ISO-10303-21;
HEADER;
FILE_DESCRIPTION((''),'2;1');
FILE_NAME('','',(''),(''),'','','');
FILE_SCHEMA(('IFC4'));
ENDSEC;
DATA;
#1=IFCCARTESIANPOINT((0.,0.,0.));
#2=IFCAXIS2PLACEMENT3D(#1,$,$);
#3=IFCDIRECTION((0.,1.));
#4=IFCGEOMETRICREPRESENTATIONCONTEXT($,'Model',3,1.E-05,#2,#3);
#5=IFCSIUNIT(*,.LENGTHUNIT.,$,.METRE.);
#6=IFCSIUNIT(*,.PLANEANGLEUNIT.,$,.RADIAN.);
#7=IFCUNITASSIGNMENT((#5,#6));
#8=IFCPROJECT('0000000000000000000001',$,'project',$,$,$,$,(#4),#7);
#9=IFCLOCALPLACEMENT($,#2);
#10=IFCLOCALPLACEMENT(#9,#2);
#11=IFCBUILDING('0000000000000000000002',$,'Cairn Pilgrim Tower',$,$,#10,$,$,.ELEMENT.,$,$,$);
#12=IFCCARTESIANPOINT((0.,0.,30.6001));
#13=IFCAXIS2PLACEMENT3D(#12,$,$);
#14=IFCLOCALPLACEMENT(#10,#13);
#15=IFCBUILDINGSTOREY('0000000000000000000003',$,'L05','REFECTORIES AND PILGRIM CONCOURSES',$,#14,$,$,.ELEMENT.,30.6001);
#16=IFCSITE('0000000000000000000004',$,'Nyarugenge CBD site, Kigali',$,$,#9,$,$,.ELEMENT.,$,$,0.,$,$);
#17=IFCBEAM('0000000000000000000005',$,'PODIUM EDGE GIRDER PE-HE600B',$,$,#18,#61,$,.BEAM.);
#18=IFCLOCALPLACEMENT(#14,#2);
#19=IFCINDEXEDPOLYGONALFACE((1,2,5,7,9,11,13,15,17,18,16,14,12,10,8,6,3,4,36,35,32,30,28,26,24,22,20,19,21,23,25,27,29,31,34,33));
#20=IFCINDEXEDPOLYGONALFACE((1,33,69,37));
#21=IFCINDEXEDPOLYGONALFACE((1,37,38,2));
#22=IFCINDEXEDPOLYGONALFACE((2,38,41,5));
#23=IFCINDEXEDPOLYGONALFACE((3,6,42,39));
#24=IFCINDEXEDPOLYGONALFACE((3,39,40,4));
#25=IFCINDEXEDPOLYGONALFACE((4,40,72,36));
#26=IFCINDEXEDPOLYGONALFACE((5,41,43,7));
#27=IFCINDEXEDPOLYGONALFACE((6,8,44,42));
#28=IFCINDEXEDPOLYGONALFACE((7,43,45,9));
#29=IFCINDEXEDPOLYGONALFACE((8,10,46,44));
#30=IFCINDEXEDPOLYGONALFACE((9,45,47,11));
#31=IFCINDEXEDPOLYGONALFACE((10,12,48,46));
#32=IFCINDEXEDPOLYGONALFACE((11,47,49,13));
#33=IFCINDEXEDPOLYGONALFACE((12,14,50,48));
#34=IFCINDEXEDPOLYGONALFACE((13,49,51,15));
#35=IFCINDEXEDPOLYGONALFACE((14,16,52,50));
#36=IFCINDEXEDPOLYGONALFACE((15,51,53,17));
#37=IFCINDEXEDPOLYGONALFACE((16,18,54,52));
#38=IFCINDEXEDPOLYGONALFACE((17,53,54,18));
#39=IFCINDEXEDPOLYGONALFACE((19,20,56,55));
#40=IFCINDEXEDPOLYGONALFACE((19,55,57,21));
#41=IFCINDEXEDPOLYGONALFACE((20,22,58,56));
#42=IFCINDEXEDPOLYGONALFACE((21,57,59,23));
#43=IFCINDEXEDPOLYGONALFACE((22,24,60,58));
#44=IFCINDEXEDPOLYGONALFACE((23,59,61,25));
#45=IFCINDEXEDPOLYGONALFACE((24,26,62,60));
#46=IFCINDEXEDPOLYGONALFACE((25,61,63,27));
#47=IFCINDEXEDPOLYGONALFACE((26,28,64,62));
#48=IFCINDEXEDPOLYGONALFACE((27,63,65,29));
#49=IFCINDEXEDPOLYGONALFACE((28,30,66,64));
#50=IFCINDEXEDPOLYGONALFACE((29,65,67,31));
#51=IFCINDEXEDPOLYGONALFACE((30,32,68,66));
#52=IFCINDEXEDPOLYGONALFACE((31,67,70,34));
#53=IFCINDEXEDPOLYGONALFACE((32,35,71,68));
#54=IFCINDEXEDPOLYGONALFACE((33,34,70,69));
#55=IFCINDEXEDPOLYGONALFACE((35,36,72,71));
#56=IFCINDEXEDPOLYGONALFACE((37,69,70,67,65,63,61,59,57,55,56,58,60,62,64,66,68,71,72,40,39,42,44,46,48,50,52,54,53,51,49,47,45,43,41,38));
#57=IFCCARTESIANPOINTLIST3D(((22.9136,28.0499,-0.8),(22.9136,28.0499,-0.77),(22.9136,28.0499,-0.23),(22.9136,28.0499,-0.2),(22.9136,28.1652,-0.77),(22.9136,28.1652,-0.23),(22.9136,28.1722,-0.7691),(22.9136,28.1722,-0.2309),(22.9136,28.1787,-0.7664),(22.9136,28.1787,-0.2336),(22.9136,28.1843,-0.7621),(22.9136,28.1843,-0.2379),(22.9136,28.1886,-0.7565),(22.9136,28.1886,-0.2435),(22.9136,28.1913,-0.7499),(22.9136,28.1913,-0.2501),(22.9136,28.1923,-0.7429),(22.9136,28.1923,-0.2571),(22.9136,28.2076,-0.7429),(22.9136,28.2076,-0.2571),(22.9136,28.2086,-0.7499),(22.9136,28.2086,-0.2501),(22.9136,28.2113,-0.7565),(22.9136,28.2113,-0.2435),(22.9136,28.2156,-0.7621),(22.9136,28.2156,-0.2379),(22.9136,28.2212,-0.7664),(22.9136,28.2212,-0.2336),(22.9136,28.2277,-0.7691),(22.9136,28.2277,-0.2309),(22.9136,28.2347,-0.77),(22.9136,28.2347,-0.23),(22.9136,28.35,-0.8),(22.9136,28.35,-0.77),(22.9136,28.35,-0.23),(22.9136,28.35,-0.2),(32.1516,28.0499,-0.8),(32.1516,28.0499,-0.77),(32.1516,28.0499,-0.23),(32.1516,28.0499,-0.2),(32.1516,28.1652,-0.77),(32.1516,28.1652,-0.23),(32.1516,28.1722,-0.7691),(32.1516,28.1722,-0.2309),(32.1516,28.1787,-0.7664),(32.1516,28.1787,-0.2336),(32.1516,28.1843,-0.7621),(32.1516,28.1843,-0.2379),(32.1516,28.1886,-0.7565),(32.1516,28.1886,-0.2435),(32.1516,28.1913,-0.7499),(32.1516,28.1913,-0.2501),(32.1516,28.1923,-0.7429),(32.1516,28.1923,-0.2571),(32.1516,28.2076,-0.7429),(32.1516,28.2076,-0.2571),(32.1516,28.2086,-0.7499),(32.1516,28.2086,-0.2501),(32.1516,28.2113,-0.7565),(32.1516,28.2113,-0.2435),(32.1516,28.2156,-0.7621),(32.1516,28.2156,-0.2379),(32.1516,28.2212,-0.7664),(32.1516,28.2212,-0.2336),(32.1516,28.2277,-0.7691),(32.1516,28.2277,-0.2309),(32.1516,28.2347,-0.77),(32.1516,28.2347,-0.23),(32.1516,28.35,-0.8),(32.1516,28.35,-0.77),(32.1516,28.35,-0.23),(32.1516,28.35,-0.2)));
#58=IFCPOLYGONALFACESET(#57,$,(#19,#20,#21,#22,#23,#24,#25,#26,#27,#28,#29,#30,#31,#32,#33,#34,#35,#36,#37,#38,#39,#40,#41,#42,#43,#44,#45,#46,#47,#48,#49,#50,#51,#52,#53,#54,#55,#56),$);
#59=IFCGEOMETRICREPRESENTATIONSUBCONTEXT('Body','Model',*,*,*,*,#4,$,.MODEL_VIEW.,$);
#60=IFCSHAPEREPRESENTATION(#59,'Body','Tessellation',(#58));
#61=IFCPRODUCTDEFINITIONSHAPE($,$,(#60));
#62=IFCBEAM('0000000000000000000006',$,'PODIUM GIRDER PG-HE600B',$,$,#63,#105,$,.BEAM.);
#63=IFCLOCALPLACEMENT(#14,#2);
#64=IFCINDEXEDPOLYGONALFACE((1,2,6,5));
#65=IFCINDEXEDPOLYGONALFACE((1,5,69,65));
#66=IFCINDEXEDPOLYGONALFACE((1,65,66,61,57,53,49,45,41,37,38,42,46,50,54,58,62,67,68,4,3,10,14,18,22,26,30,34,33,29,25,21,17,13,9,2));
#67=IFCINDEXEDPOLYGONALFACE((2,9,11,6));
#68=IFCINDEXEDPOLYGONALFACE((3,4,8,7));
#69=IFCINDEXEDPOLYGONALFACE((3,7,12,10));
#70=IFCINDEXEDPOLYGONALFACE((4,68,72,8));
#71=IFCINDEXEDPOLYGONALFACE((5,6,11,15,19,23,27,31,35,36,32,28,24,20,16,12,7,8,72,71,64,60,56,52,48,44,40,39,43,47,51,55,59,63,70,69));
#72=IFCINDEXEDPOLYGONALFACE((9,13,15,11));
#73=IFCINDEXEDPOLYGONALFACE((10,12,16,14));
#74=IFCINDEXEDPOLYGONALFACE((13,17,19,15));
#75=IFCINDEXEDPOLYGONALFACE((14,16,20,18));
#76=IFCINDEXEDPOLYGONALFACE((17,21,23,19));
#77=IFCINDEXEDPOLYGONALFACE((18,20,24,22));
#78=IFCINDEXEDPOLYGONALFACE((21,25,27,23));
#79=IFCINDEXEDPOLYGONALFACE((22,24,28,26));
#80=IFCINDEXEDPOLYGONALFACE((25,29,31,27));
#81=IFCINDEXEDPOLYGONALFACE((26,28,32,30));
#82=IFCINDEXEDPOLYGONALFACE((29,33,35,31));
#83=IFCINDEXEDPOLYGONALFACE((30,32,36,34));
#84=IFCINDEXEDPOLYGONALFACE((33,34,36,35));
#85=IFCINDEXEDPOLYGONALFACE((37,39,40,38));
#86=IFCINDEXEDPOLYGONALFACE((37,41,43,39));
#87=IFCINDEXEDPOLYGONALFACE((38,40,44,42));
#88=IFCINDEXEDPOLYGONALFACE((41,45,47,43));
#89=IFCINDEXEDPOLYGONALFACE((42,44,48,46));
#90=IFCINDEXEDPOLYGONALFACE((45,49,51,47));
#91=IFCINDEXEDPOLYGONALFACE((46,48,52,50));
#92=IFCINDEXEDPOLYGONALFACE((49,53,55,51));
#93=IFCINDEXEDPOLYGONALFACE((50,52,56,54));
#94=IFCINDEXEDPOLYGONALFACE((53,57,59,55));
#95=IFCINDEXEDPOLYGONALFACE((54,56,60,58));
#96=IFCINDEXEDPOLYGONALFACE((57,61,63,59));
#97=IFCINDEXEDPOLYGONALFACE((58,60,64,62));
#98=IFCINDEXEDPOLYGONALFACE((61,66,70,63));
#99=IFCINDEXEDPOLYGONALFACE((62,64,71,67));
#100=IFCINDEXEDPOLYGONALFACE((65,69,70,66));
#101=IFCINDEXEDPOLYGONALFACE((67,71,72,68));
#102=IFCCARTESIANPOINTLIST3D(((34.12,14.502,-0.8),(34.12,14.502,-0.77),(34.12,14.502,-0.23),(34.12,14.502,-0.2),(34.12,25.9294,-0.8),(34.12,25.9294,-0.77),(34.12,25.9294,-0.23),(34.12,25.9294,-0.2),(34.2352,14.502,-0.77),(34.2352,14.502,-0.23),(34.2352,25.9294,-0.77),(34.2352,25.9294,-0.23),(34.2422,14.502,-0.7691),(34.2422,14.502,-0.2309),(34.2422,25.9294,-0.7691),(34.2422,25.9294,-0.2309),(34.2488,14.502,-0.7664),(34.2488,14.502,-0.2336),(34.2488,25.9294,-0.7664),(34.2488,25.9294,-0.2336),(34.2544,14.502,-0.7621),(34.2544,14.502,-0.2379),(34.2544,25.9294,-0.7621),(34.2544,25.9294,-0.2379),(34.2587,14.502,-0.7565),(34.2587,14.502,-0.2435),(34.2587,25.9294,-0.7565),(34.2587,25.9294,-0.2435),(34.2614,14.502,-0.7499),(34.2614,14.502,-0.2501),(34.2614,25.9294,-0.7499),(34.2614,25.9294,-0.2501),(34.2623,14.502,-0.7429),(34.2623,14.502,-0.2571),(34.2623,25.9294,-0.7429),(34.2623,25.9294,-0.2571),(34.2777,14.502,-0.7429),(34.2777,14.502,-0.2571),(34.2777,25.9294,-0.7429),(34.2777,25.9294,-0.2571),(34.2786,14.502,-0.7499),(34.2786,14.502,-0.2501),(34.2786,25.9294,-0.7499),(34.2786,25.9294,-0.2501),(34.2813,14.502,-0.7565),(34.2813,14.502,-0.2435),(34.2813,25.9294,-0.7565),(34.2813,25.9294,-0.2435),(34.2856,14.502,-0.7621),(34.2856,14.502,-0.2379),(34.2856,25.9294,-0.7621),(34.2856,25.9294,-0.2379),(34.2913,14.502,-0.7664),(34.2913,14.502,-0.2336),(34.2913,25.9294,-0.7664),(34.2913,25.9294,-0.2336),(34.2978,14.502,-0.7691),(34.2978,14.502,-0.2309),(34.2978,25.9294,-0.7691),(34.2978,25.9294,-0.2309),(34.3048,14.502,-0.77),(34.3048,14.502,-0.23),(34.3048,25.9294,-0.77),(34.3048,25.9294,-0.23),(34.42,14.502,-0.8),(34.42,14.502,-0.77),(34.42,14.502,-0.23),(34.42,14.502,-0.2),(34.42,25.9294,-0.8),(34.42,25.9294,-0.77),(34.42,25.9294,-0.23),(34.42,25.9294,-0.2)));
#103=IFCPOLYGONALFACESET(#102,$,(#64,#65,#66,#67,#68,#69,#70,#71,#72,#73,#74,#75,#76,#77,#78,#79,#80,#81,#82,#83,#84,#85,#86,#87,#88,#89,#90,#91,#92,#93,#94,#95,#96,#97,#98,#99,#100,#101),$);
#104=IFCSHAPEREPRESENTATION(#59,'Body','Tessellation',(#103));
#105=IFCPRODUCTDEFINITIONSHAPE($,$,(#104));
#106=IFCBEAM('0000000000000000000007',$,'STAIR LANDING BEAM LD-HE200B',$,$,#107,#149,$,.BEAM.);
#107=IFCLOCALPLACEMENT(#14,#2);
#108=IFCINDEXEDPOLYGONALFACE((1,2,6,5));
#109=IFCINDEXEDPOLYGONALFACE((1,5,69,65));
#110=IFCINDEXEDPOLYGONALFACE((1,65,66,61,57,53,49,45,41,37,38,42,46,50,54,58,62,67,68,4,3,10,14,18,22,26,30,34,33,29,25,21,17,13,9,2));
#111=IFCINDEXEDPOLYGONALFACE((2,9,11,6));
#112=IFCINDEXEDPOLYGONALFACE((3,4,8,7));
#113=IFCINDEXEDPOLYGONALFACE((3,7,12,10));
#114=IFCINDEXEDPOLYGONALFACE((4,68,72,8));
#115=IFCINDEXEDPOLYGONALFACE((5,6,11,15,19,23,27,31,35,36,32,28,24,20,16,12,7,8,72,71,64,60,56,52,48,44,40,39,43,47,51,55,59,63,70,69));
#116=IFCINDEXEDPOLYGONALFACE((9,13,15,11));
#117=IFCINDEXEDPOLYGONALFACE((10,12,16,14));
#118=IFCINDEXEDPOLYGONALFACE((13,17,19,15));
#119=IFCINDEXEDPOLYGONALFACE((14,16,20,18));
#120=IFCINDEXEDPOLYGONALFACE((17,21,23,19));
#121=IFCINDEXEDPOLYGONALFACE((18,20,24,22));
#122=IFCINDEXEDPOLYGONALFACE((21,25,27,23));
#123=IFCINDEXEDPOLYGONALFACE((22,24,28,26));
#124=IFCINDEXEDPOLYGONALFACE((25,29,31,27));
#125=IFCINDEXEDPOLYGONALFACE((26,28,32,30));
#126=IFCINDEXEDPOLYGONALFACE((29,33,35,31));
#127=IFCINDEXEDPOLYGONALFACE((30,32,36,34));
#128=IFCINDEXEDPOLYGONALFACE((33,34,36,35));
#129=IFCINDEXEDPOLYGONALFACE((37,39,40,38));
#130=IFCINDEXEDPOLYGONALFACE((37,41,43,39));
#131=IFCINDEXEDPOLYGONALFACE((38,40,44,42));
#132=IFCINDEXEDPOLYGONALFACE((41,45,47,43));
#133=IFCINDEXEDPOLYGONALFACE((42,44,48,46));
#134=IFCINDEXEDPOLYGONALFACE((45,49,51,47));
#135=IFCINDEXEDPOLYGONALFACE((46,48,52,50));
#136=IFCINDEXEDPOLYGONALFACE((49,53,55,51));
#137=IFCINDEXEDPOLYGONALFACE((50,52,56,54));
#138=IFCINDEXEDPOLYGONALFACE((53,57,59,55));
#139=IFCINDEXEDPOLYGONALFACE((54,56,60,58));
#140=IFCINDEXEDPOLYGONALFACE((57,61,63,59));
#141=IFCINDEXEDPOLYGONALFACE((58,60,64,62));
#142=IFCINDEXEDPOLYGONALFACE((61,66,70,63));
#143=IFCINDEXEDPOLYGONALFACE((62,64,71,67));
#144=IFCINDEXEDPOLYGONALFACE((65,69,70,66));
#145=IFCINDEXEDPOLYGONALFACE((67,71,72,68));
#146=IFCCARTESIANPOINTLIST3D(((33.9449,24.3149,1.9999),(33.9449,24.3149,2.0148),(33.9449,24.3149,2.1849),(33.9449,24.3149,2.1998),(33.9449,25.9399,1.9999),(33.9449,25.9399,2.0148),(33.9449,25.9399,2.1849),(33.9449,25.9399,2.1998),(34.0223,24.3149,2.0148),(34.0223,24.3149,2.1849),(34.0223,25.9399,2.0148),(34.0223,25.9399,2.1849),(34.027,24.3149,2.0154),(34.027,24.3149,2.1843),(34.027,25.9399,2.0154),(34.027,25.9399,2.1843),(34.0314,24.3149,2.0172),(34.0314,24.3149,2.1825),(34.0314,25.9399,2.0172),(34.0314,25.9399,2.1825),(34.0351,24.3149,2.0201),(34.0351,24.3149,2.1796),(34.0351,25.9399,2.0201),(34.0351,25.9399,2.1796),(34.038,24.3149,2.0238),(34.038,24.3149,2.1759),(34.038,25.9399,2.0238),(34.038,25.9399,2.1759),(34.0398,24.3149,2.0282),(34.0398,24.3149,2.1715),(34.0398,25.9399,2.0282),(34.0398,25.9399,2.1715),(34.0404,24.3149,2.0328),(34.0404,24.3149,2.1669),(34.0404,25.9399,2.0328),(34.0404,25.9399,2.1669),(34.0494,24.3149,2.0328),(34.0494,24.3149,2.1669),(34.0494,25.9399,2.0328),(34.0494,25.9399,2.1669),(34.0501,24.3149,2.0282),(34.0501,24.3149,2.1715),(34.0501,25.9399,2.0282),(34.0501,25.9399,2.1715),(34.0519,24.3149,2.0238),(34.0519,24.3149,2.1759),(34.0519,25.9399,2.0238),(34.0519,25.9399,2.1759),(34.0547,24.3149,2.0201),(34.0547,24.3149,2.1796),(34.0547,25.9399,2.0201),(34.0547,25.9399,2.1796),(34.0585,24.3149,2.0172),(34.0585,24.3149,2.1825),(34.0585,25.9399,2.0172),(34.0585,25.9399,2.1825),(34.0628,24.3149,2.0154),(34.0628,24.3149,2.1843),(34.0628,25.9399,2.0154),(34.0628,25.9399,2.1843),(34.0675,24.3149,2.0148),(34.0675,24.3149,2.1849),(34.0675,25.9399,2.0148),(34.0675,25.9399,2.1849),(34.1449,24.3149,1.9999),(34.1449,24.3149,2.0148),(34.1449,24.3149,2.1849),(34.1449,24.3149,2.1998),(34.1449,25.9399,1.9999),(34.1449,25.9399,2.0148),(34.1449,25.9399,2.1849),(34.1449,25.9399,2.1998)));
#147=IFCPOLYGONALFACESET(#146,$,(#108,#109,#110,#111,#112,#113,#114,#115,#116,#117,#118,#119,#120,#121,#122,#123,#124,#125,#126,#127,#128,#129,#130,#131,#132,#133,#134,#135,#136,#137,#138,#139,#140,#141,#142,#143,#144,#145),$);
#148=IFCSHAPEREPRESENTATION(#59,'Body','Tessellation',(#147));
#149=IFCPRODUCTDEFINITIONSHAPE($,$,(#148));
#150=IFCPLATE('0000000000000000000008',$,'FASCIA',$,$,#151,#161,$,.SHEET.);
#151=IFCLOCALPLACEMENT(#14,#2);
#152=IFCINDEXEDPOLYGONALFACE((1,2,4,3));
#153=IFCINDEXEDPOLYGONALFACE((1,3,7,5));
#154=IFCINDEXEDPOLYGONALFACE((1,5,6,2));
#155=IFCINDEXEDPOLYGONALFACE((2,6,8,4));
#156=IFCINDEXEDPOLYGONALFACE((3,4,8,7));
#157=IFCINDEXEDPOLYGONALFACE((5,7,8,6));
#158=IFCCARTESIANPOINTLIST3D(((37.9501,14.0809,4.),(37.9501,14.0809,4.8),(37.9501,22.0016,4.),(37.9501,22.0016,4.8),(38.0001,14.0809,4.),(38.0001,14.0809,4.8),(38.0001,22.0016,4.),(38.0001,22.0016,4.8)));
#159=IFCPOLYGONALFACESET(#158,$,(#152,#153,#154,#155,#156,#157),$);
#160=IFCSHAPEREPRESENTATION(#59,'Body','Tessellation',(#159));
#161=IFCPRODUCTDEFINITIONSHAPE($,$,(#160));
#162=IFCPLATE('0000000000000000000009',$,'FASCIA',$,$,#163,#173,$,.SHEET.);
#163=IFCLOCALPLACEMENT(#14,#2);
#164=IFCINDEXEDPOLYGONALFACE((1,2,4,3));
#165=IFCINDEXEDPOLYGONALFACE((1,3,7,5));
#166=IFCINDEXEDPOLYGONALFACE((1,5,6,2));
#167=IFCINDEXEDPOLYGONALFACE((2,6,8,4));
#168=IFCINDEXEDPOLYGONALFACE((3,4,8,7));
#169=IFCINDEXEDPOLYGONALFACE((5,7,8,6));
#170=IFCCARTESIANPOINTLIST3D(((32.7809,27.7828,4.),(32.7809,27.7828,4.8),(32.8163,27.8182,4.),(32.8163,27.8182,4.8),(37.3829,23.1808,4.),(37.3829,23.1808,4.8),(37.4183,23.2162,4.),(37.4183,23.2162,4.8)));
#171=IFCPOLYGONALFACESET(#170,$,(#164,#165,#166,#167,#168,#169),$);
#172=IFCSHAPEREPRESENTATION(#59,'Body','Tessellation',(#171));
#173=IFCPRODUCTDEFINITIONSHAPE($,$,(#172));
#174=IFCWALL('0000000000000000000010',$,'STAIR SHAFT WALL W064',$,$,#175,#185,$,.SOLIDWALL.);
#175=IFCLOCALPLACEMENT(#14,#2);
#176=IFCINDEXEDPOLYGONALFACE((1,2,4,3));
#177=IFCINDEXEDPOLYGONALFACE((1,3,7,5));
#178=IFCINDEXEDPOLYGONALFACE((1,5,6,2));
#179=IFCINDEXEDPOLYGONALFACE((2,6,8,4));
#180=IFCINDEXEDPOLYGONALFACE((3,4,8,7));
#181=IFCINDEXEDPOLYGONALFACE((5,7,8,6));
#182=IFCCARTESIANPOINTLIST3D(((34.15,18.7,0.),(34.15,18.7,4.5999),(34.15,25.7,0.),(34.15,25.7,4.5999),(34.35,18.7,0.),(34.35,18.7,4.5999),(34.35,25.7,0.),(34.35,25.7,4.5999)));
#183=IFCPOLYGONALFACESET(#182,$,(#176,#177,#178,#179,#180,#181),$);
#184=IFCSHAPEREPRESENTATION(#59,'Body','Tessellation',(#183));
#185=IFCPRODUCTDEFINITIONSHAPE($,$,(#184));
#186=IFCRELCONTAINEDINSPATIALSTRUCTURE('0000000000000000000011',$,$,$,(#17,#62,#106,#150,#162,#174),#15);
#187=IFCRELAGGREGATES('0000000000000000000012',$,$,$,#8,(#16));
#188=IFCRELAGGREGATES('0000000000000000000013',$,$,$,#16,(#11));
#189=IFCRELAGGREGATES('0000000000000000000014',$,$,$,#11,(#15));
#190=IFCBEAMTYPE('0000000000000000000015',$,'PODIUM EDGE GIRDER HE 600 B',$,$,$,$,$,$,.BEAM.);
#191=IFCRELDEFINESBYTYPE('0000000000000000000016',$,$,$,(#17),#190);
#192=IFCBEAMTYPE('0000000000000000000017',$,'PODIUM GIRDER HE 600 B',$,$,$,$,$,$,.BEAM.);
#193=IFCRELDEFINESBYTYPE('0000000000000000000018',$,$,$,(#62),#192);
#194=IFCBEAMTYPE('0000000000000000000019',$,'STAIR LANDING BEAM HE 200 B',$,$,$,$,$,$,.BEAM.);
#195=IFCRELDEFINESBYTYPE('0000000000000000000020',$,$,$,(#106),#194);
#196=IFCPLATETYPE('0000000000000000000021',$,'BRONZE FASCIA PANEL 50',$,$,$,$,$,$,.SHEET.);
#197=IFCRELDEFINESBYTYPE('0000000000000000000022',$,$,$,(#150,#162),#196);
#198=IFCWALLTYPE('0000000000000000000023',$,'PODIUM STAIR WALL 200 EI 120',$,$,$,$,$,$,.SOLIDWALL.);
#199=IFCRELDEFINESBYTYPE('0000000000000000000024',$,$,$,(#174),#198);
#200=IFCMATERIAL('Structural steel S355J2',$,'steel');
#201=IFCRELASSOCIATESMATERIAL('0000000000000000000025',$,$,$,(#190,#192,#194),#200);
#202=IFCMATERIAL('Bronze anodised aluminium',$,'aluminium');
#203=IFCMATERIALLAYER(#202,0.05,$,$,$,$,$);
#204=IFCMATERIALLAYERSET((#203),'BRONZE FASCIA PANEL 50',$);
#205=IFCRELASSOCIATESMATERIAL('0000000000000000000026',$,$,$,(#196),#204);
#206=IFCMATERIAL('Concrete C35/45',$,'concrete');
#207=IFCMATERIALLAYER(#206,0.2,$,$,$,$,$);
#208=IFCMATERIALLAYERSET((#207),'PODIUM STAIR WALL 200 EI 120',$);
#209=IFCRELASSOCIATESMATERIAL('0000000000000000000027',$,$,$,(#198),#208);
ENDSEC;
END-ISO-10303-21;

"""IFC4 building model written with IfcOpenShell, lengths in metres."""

from ifc_helpers import new_model, si_unit, direction, frame, frame_2d, origin, origin_2d, place, context, subcontext, project, spatial, rectangle, i_section, extrude, material, layer, layer_set, material_profile, profile_set, type_object, element, save


model = new_model("IFC4")

# Units and contexts
model_context = context("Model", 3, precision=1e-05, world=origin(), true_north=direction((0.0, 1.0)))
body_context = subcontext(model_context, "Body", "Model", "MODEL_VIEW")
ifc_project = project(units=[si_unit("LENGTHUNIT", "METRE"), si_unit("PLANEANGLEUNIT", "RADIAN")], contexts=[model_context])

# Site, building, storey
site_placement = place(None, origin())
site = spatial("IfcSite", under=ifc_project, at=site_placement, Name="Nyarugenge CBD site, Kigali", CompositionType="ELEMENT", RefElevation=0.0)
building_placement = place(site_placement, origin())
building = spatial("IfcBuilding", under=site, at=building_placement, Name="Cairn Pilgrim Tower", CompositionType="ELEMENT")
storey_placement = place(building_placement, frame((0.0, 0.0, 30.6001)))
storey = spatial("IfcBuildingStorey", under=building, at=storey_placement, Name="L05", Description="REFECTORIES AND PILGRIM CONCOURSES", CompositionType="ELEMENT", Elevation=30.6001)

# Shared definitions
ifc_material_1 = material(Name="Structural steel S355J2", Category="steel")

# Beams
ifc_material_profile_1 = material_profile(ifc_material_1, i_section(OverallWidth=0.3, OverallDepth=0.6001, WebThickness=0.0154, FlangeThickness=0.03, FilletRadius=0.0271, at=origin_2d()), Name="HEB 600")
ifc_profile_set_1 = profile_set([ifc_material_profile_1], Name="Structural steel S355J2")
beam_type_1 = type_object("IfcBeamType", Name="PODIUM EDGE GIRDER HE 600 B", PredefinedType="BEAM", material=ifc_profile_set_1)
beam_1_placement = place(storey_placement, frame((32.1516, 28.2, -0.5), z_axis=(-1.0, 0.0, 0.0), x_axis=(0.0, -1.0, 0.0)))
element("IfcBeam", 1, at=beam_1_placement, inside=storey, type_object=beam_type_1, Name="PODIUM EDGE GIRDER PE-HE600B", PredefinedType="BEAM", context=body_context, shape_type="SweptSolid", body=[
    extrude(i_section(OverallWidth=0.3, OverallDepth=0.6001, WebThickness=0.0154, FlangeThickness=0.03, FilletRadius=0.0271, at=origin_2d()), origin(), (0.0, 0.0, 1.0), 9.238),
])
ifc_material_profile_2 = material_profile(ifc_material_1, i_section(OverallWidth=0.3, OverallDepth=0.6001, WebThickness=0.0154, FlangeThickness=0.03, FilletRadius=0.0271, at=origin_2d()), Name="HEB 600")
ifc_profile_set_2 = profile_set([ifc_material_profile_2], Name="Structural steel S355J2")
beam_type_2 = type_object("IfcBeamType", Name="PODIUM GIRDER HE 600 B", PredefinedType="BEAM", material=ifc_profile_set_2)
beam_2_placement = place(storey_placement, frame((34.27, 14.502, -0.5), z_axis=(0.0, 1.0, 0.0), x_axis=(-1.0, 0.0, 0.0)))
element("IfcBeam", 2, at=beam_2_placement, inside=storey, type_object=beam_type_2, Name="PODIUM GIRDER PG-HE600B", PredefinedType="BEAM", context=body_context, shape_type="SweptSolid", body=[
    extrude(i_section(OverallWidth=0.3, OverallDepth=0.6001, WebThickness=0.0154, FlangeThickness=0.03, FilletRadius=0.0271, at=origin_2d()), origin(), (0.0, 0.0, 1.0), 11.4275),
])
ifc_material_profile_3 = material_profile(ifc_material_1, i_section(OverallWidth=0.2, OverallDepth=0.2, WebThickness=0.009, FlangeThickness=0.0149, FilletRadius=0.0181, at=origin_2d()), Name="HE 200 B")
ifc_profile_set_3 = profile_set([ifc_material_profile_3], Name="Structural steel S355J2")
beam_type_3 = type_object("IfcBeamType", Name="STAIR LANDING BEAM HE 200 B", PredefinedType="BEAM", material=ifc_profile_set_3)
beam_3_placement = place(storey_placement, frame((34.0449, 25.9399, 2.0999), z_axis=(0.0, -1.0, 0.0), x_axis=(1.0, 0.0, 0.0)))
element("IfcBeam", 3, at=beam_3_placement, inside=storey, type_object=beam_type_3, Name="STAIR LANDING BEAM LD-HE200B", PredefinedType="BEAM", context=body_context, shape_type="SweptSolid", body=[
    extrude(i_section(OverallWidth=0.2, OverallDepth=0.2, WebThickness=0.009, FlangeThickness=0.0149, FilletRadius=0.0181, at=origin_2d()), origin(), (0.0, 0.0, 1.0), 1.625),
])

# Plates
ifc_material_2 = material(Name="Bronze anodised aluminium", Category="aluminium")
ifc_layer_1 = layer(ifc_material_2, 0.05)
ifc_layer_set_1 = layer_set([ifc_layer_1], Name="BRONZE FASCIA PANEL 50")
plate_type = type_object("IfcPlateType", Name="BRONZE FASCIA PANEL 50", PredefinedType="SHEET", material=ifc_layer_set_1)
plate_1_placement = place(storey_placement, frame((37.9751, 18.0413, 4.0), z_axis=(0.0, 0.0, 1.0), x_axis=(0.0, 1.0, 0.0)))
element("IfcPlate", 4, at=plate_1_placement, inside=storey, type_object=plate_type, Name="FASCIA", PredefinedType="SHEET", context=body_context, shape_type="SweptSolid", body=[
    extrude(rectangle(XDim=7.9207, YDim=0.05, at=origin_2d()), origin(), (0.0, 0.0, 1.0), 0.8),
])
plate_2_placement = place(storey_placement, frame((35.0996, 25.4995, 4.0), z_axis=(0.0, 0.0, 1.0), x_axis=(-0.707107, 0.707107, 0.0)))
element("IfcPlate", 5, at=plate_2_placement, inside=storey, type_object=plate_type, Name="FASCIA", PredefinedType="SHEET", context=body_context, shape_type="SweptSolid", body=[
    extrude(rectangle(XDim=6.5083, YDim=0.05, at=origin_2d()), origin(), (0.0, 0.0, 1.0), 0.8),
])

# Wall
ifc_material_3 = material(Name="Concrete C35/45", Category="concrete")
ifc_layer_2 = layer(ifc_material_3, 0.2)
ifc_layer_set_2 = layer_set([ifc_layer_2], Name="PODIUM STAIR WALL 200 EI 120")
wall_type_1 = type_object("IfcWallType", Name="PODIUM STAIR WALL 200 EI 120", PredefinedType="SOLIDWALL", material=ifc_layer_set_2)
wall_1_placement = place(storey_placement, frame((34.25, 18.7, 0.0), z_axis=(0.0, 0.0, 1.0), x_axis=(0.0, 1.0, 0.0)))
element("IfcWall", 6, at=wall_1_placement, inside=storey, type_object=wall_type_1, Name="STAIR SHAFT WALL W064", PredefinedType="SOLIDWALL", context=body_context, shape_type="SweptSolid", body=[
    extrude(rectangle(XDim=7.0, YDim=0.2, at=frame_2d((3.5, 0.0))), origin(), (0.0, 0.0, 1.0), 4.5999),
])

save(model, "model.ifc")
